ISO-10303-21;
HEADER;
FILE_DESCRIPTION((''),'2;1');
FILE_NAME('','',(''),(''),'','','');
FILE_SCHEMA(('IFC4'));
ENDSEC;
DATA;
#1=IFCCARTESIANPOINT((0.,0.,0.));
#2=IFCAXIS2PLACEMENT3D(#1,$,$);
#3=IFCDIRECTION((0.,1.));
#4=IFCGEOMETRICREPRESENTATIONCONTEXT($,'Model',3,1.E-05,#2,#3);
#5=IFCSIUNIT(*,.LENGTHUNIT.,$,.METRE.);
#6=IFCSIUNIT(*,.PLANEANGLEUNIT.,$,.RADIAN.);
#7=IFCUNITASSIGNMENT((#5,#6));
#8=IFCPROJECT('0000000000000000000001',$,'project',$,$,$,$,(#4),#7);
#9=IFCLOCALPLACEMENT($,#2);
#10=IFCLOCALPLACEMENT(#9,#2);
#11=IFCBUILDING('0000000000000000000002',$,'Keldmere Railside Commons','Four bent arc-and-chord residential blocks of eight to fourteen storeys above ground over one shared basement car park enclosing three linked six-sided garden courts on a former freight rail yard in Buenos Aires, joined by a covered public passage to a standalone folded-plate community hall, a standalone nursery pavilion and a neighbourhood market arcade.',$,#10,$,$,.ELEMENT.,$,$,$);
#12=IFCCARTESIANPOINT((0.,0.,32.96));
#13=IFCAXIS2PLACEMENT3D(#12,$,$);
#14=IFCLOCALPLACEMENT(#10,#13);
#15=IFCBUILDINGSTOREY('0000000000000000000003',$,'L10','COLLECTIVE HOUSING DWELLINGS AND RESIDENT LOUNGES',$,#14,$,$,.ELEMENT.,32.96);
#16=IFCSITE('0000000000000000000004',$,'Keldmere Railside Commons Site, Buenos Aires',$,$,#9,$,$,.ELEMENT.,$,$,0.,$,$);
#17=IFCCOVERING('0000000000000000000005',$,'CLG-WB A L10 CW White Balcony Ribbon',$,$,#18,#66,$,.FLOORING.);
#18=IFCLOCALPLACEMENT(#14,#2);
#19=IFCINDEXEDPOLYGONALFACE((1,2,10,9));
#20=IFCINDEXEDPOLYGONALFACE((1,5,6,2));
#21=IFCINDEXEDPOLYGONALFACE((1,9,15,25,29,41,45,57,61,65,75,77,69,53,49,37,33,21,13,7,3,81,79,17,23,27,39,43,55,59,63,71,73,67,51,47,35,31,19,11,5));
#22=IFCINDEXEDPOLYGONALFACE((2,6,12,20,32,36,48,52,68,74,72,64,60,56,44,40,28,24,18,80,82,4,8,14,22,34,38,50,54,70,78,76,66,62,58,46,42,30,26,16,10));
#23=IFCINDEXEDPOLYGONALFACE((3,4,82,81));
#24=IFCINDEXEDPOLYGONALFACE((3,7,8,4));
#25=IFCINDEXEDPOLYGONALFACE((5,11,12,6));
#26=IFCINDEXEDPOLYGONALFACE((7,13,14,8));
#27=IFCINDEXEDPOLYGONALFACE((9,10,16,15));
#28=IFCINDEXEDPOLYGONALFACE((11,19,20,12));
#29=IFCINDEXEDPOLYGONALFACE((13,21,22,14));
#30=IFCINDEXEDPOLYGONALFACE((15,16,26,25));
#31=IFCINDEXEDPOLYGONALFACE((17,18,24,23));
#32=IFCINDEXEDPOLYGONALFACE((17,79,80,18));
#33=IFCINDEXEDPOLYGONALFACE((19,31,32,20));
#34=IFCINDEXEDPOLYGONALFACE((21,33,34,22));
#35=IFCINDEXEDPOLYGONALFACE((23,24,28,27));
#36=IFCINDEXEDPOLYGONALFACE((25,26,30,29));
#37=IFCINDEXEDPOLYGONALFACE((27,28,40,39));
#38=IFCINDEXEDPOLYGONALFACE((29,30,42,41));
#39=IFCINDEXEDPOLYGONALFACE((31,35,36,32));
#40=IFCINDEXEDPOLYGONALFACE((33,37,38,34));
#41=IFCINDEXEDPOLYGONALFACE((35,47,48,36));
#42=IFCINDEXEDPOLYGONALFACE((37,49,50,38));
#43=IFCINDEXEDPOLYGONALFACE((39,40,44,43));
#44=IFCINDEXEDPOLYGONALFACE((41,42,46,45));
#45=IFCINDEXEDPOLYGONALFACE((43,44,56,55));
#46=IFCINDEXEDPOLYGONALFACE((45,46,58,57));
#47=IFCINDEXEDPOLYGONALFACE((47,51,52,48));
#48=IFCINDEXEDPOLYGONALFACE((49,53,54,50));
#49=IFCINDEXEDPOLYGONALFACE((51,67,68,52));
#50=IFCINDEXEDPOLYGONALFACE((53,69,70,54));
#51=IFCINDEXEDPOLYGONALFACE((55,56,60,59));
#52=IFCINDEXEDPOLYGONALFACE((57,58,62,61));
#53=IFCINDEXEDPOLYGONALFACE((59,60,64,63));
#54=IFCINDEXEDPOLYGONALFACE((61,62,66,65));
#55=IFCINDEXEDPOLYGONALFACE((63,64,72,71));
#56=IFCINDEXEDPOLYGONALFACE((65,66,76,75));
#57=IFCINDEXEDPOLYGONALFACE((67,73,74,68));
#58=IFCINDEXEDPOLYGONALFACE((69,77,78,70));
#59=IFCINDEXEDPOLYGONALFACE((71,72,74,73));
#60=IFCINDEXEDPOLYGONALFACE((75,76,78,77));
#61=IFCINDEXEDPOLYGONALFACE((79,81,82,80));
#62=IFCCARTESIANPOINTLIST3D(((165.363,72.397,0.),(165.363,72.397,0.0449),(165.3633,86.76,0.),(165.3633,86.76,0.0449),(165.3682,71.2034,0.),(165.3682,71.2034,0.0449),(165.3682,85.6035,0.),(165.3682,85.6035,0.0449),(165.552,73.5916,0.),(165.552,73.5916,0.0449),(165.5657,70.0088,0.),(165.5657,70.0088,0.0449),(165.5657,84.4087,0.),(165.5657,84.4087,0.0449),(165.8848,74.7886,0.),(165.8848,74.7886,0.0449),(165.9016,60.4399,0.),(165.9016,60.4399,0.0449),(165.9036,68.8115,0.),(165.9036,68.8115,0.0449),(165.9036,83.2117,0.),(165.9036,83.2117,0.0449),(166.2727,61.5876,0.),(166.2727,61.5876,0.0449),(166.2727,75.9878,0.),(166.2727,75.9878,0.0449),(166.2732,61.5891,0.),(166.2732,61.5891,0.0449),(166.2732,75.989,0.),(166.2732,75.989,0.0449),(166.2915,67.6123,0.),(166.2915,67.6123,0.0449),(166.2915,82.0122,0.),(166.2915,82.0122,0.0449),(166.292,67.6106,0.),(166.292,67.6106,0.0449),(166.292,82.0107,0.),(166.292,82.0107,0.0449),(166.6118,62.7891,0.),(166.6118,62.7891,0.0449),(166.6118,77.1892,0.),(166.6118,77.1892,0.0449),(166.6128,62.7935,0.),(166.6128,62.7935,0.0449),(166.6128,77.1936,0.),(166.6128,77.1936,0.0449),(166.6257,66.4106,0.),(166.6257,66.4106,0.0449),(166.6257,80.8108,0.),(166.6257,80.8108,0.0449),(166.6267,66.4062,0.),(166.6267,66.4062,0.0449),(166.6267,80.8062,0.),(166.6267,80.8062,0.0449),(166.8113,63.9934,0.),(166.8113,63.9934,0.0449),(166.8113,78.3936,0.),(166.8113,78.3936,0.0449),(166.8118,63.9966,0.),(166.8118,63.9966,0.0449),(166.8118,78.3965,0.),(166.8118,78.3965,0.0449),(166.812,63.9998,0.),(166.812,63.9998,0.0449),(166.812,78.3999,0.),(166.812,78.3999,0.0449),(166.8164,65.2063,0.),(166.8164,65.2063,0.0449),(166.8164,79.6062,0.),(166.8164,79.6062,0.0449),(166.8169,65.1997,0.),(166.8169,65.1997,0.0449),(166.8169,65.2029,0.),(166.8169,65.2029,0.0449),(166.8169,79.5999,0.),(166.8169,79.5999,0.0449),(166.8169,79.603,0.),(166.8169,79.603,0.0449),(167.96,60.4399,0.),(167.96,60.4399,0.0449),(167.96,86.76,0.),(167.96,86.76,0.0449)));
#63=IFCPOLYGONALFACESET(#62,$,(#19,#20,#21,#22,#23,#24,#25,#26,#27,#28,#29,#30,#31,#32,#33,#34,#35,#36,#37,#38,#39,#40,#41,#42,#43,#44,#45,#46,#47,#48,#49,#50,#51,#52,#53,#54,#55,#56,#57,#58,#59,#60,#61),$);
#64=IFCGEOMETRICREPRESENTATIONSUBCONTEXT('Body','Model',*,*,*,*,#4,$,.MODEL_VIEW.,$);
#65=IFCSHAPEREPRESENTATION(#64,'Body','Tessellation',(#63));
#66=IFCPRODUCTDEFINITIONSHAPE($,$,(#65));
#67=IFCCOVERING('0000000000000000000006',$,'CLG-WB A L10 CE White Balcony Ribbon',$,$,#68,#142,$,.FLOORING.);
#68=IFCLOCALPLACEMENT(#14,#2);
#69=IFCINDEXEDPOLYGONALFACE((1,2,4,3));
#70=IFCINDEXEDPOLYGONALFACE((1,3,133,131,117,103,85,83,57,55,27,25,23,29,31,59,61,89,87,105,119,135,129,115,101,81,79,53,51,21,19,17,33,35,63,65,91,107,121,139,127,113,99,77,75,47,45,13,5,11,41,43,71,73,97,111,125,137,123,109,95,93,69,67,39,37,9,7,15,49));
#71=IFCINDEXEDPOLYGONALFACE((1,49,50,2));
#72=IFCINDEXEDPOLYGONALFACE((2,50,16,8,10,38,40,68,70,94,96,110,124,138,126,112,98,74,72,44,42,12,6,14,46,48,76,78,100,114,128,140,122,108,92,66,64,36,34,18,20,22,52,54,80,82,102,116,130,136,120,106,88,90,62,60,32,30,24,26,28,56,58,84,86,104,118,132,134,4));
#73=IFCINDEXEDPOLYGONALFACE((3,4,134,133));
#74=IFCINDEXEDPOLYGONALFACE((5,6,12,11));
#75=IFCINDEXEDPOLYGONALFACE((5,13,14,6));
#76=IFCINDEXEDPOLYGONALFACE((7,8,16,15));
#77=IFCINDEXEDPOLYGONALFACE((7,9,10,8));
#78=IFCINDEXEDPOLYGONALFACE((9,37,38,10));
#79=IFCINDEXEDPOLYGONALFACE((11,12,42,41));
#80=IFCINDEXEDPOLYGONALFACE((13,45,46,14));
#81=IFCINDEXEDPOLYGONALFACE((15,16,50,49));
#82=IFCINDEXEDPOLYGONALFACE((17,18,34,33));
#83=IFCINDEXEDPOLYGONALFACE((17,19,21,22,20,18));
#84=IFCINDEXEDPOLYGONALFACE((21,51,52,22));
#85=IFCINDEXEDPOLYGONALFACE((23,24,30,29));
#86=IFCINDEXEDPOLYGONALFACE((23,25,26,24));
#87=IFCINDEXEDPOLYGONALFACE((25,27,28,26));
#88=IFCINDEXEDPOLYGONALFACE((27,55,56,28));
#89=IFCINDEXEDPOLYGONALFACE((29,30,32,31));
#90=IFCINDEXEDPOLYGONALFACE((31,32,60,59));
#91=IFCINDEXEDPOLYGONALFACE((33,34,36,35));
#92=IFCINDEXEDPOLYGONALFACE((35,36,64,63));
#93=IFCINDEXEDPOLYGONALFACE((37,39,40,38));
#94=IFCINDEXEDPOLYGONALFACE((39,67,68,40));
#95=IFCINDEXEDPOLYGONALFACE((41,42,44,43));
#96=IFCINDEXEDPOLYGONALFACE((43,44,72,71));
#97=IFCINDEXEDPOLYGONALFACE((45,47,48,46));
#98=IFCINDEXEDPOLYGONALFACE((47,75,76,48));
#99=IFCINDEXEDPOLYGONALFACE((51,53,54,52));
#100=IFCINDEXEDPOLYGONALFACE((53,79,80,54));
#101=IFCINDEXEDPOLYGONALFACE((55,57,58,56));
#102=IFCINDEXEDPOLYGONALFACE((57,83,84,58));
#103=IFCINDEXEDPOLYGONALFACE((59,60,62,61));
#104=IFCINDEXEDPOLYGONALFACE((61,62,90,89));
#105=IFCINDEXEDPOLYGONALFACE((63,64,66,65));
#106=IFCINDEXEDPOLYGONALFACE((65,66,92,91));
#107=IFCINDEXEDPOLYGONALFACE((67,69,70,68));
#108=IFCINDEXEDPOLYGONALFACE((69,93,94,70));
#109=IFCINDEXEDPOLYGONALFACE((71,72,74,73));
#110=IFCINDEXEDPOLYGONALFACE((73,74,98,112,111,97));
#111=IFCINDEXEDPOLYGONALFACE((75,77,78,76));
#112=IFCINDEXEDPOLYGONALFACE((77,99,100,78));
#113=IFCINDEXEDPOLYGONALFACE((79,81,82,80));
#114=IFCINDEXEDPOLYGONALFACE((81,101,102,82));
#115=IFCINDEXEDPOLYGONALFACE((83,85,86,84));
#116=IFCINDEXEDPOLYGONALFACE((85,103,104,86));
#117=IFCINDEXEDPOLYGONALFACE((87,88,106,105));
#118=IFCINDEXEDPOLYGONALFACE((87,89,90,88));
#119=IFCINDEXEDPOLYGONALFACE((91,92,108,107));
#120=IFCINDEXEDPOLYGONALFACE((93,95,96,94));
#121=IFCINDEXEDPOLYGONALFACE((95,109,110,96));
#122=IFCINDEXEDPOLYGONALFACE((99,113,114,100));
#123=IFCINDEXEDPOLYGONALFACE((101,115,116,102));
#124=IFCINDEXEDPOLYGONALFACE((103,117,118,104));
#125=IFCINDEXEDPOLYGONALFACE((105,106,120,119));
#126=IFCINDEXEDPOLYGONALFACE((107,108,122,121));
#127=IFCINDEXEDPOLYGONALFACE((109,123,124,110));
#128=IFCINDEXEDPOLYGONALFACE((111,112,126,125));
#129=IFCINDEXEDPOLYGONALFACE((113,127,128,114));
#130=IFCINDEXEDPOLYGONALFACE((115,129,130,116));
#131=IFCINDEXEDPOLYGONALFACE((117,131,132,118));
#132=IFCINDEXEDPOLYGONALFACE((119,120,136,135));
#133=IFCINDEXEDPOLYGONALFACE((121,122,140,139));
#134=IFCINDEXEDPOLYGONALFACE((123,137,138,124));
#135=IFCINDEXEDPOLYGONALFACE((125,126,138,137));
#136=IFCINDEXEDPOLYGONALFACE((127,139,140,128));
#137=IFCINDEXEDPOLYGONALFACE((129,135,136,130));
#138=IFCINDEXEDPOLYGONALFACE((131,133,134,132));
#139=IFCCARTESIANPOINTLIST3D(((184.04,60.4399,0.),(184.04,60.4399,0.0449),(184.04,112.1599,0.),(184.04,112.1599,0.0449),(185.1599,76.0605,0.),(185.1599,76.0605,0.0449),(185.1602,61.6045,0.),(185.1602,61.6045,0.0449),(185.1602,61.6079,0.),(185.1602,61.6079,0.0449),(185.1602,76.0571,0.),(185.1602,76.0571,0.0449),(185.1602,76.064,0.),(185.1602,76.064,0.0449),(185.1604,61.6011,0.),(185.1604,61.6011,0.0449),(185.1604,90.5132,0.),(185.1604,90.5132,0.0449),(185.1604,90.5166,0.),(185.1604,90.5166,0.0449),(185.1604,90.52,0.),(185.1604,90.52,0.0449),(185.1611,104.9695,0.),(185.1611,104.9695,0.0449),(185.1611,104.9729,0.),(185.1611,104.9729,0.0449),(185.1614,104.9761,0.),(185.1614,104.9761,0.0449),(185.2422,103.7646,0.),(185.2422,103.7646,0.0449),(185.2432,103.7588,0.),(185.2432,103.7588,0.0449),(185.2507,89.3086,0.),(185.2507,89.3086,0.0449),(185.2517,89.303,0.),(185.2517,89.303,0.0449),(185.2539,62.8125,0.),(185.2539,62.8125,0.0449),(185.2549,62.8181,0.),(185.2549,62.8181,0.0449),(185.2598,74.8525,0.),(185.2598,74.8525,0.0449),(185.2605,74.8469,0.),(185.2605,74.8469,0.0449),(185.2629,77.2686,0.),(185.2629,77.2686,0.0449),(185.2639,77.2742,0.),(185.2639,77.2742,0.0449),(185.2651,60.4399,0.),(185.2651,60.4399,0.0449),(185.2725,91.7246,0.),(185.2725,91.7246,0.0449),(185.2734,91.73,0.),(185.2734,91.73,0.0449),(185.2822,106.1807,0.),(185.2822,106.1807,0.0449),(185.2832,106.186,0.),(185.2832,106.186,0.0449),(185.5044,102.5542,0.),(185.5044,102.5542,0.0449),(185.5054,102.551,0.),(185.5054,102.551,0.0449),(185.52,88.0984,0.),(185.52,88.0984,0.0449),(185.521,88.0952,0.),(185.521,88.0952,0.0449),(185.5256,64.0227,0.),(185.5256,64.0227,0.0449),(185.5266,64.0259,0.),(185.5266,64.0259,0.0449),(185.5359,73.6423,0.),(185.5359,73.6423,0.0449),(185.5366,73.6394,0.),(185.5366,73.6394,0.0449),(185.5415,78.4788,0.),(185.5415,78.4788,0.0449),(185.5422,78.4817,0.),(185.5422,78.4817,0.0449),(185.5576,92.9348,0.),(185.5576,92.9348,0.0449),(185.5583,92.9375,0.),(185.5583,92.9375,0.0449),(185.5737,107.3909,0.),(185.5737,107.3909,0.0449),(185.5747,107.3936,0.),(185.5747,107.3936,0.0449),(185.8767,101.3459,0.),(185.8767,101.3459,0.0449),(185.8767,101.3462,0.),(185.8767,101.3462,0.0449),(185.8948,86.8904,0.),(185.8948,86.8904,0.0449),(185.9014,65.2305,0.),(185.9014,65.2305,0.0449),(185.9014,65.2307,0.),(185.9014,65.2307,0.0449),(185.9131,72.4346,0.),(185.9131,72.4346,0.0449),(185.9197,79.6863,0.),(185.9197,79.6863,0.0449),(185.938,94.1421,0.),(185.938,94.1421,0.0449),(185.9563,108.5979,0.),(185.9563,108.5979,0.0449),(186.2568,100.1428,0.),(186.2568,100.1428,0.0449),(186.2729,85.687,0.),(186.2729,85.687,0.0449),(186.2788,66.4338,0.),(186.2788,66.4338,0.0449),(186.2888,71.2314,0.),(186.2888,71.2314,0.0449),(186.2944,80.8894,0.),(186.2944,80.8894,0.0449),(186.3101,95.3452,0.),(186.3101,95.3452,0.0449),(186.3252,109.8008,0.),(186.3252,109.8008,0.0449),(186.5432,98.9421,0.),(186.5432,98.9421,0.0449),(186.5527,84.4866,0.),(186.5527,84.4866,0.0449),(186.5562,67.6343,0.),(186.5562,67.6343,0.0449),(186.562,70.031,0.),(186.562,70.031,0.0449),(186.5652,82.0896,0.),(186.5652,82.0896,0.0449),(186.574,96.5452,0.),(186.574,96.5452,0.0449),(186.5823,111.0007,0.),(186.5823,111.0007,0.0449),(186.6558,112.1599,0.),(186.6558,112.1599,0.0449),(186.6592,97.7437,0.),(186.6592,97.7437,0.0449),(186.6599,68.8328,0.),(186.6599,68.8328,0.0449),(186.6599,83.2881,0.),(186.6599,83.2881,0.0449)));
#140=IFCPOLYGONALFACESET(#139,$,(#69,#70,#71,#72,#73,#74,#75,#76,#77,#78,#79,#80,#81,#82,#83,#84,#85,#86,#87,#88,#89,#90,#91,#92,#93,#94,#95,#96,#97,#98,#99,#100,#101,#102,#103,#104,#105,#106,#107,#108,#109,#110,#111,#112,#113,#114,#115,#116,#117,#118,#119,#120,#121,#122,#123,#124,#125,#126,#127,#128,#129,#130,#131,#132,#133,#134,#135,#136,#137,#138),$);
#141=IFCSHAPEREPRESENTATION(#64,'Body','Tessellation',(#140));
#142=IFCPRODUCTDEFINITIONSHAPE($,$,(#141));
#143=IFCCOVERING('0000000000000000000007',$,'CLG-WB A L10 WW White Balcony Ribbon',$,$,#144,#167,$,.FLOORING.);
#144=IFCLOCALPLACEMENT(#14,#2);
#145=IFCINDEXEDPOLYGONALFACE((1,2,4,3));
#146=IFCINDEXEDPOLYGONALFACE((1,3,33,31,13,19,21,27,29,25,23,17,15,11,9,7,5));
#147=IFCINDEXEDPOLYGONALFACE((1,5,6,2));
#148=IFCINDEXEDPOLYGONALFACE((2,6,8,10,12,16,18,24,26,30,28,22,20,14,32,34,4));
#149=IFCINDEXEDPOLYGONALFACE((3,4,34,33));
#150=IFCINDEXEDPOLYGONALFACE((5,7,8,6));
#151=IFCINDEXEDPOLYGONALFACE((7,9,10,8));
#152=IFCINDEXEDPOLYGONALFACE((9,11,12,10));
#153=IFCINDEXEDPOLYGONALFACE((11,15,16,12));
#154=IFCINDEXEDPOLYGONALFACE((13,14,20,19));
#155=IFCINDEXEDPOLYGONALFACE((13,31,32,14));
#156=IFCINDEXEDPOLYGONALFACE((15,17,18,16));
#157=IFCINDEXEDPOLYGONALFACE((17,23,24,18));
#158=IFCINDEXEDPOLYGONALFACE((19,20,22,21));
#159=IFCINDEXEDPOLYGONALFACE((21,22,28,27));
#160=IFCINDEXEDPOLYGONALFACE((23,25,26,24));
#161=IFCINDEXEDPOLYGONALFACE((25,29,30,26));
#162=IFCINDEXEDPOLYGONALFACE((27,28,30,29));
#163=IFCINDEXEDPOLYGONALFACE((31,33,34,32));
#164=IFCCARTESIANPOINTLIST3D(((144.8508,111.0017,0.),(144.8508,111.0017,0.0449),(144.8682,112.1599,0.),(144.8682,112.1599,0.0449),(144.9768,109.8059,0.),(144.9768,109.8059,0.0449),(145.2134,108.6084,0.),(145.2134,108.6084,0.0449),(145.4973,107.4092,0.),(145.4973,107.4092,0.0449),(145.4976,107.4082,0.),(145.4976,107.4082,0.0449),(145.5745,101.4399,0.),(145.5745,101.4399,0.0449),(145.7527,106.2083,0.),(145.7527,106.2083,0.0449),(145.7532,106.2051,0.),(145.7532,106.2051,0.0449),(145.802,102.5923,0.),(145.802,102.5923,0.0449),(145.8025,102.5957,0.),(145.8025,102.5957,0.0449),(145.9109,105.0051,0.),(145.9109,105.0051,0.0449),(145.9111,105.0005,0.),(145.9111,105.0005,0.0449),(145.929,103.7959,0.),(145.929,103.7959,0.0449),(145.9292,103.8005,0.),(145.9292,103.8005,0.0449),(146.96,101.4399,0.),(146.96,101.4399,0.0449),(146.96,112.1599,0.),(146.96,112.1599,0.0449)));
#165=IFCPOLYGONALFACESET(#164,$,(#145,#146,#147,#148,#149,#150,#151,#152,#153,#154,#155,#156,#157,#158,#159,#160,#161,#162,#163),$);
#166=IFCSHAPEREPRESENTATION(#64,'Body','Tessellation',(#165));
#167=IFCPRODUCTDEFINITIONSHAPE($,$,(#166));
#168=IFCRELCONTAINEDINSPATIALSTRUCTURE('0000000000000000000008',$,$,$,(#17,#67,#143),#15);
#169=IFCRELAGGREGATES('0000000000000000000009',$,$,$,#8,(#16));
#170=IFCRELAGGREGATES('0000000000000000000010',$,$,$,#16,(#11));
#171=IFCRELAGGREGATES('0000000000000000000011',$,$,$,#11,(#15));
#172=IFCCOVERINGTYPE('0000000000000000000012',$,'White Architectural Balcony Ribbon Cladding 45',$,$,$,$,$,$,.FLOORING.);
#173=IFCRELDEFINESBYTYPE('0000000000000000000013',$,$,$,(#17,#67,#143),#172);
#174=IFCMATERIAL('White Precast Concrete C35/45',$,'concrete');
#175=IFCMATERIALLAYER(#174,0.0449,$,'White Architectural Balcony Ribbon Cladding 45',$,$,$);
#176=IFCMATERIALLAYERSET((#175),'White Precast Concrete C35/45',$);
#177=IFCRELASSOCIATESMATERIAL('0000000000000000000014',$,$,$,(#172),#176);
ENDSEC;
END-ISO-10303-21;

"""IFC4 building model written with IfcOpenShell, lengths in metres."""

from ifc_helpers import new_model, si_unit, direction, frame, origin, place, context, subcontext, project, spatial, polyline, outline, extrude, material, layer, layer_set, type_object, element, save


model = new_model("IFC4")

# Units and contexts
model_context = context("Model", 3, precision=1e-05, world=origin(), true_north=direction((0.0, 1.0)))
body_context = subcontext(model_context, "Body", "Model", "MODEL_VIEW")
ifc_project = project(units=[si_unit("LENGTHUNIT", "METRE"), si_unit("PLANEANGLEUNIT", "RADIAN")], contexts=[model_context])

# Site, building, storey
site_placement = place(None, origin())
site = spatial("IfcSite", under=ifc_project, at=site_placement, Name="Keldmere Railside Commons Site, Buenos Aires", CompositionType="ELEMENT", RefElevation=0.0)
building_placement = place(site_placement, origin())
building = spatial("IfcBuilding", under=site, at=building_placement, Name="Keldmere Railside Commons", Description="Four bent arc-and-chord residential blocks of eight to fourteen storeys above ground over one shared basement car park enclosing three linked six-sided garden courts on a former freight rail yard in Buenos Aires, joined by a covered public passage to a standalone folded-plate community hall, a standalone nursery pavilion and a neighbourhood market arcade.", CompositionType="ELEMENT")
storey_placement = place(building_placement, frame((0.0, 0.0, 32.96)))
storey = spatial("IfcBuildingStorey", under=building, at=storey_placement, Name="L10", Description="COLLECTIVE HOUSING DWELLINGS AND RESIDENT LOUNGES", CompositionType="ELEMENT", Elevation=32.96)

# Coverings
ifc_material_1 = material(Name="White Precast Concrete C35/45", Category="concrete")
ifc_layer_1 = layer(ifc_material_1, 0.0449, Name="White Architectural Balcony Ribbon Cladding 45")
ifc_layer_set_1 = layer_set([ifc_layer_1], Name="White Precast Concrete C35/45")
covering_type_1 = type_object("IfcCoveringType", Name="White Architectural Balcony Ribbon Cladding 45", PredefinedType="FLOORING", material=ifc_layer_set_1)
covering_1_placement = place(storey_placement, origin())
element("IfcCovering", 1, at=covering_1_placement, inside=storey, type_object=covering_type_1, Name="CLG-WB A L10 CW White Balcony Ribbon", PredefinedType="FLOORING", context=body_context, shape_type="SweptSolid", body=[
    extrude(outline(polyline([(167.96, 86.76), (165.3633, 86.76), (165.3682, 85.6035), (165.5657, 84.4087), (165.9036, 83.2117), (166.2915, 82.0122), (166.292, 82.0107), (166.6257, 80.8108), (166.6267, 80.8062), (166.8164, 79.6062), (166.8169, 79.603), (166.8169, 79.5999), (166.812, 78.3999), (166.8118, 78.3965), (166.8113, 78.3936), (166.6128, 77.1936), (166.6118, 77.1892), (166.2732, 75.989), (166.2727, 75.9878), (165.8848, 74.7886), (165.552, 73.5916), (165.363, 72.397), (165.3682, 71.2034), (165.5657, 70.0088), (165.9036, 68.8115), (166.2915, 67.6123), (166.292, 67.6106), (166.6257, 66.4106), (166.6267, 66.4062), (166.8164, 65.2063), (166.8169, 65.2029), (166.8169, 65.1997), (166.812, 63.9998), (166.8118, 63.9966), (166.8113, 63.9934), (166.6128, 62.7935), (166.6118, 62.7891), (166.2732, 61.5891), (166.2727, 61.5876), (165.9016, 60.4399), (167.96, 60.4399), (167.96, 86.76)])), origin(), (0.0, 0.0, 1.0), 0.0449),
])
covering_2_placement = place(storey_placement, origin())
element("IfcCovering", 2, at=covering_2_placement, inside=storey, type_object=covering_type_1, Name="CLG-WB A L10 CE White Balcony Ribbon", PredefinedType="FLOORING", context=body_context, shape_type="SweptSolid", body=[
    extrude(outline(polyline([(185.1604, 61.6011), (185.1602, 61.6045), (185.1602, 61.6079), (185.2539, 62.8125), (185.2549, 62.8181), (185.5256, 64.0227), (185.5266, 64.0259), (185.9014, 65.2305), (185.9014, 65.2307), (186.2788, 66.4338), (186.5562, 67.6343), (186.6599, 68.8328), (186.562, 70.031), (186.2888, 71.2314), (185.9131, 72.4346), (185.5366, 73.6394), (185.5359, 73.6423), (185.2605, 74.8469), (185.2598, 74.8525), (185.1602, 76.0571), (185.1599, 76.0605), (185.1602, 76.064), (185.2629, 77.2686), (185.2639, 77.2742), (185.5415, 78.4788), (185.5422, 78.4817), (185.9197, 79.6863), (186.2944, 80.8894), (186.5652, 82.0896), (186.6599, 83.2881), (186.5527, 84.4866), (186.2729, 85.687), (185.8948, 86.8904), (185.8948, 86.8904), (185.521, 88.0952), (185.52, 88.0984), (185.2517, 89.303), (185.2507, 89.3086), (185.1604, 90.5132), (185.1604, 90.5166), (185.1604, 90.52), (185.2725, 91.7246), (185.2734, 91.73), (185.5576, 92.9348), (185.5583, 92.9375), (185.938, 94.1421), (186.3101, 95.3452), (186.574, 96.5452), (186.6592, 97.7437), (186.5432, 98.9421), (186.2568, 100.1428), (185.8767, 101.3459), (185.8767, 101.3462), (185.5054, 102.551), (185.5044, 102.5542), (185.2432, 103.7588), (185.2422, 103.7646), (185.1611, 104.9695), (185.1611, 104.9729), (185.1614, 104.9761), (185.2822, 106.1807), (185.2832, 106.186), (185.5737, 107.3909), (185.5747, 107.3936), (185.9563, 108.5979), (186.3252, 109.8008), (186.5823, 111.0007), (186.6558, 112.1599), (184.04, 112.1599), (184.04, 60.4399), (185.2651, 60.4399), (185.1604, 61.6011)])), origin(), (0.0, 0.0, 1.0), 0.0449),
])
covering_3_placement = place(storey_placement, origin())
element("IfcCovering", 3, at=covering_3_placement, inside=storey, type_object=covering_type_1, Name="CLG-WB A L10 WW White Balcony Ribbon", PredefinedType="FLOORING", context=body_context, shape_type="SweptSolid", body=[
    extrude(outline(polyline([(146.96, 112.1599), (144.8682, 112.1599), (144.8508, 111.0017), (144.9768, 109.8059), (145.2134, 108.6084), (145.4973, 107.4092), (145.4976, 107.4082), (145.7527, 106.2083), (145.7532, 106.2051), (145.9109, 105.0051), (145.9111, 105.0005), (145.9292, 103.8005), (145.929, 103.7959), (145.8025, 102.5957), (145.802, 102.5923), (145.5745, 101.4399), (146.96, 101.4399), (146.96, 112.1599)])), origin(), (0.0, 0.0, 1.0), 0.0449),
])

save(model, "model.ifc")
